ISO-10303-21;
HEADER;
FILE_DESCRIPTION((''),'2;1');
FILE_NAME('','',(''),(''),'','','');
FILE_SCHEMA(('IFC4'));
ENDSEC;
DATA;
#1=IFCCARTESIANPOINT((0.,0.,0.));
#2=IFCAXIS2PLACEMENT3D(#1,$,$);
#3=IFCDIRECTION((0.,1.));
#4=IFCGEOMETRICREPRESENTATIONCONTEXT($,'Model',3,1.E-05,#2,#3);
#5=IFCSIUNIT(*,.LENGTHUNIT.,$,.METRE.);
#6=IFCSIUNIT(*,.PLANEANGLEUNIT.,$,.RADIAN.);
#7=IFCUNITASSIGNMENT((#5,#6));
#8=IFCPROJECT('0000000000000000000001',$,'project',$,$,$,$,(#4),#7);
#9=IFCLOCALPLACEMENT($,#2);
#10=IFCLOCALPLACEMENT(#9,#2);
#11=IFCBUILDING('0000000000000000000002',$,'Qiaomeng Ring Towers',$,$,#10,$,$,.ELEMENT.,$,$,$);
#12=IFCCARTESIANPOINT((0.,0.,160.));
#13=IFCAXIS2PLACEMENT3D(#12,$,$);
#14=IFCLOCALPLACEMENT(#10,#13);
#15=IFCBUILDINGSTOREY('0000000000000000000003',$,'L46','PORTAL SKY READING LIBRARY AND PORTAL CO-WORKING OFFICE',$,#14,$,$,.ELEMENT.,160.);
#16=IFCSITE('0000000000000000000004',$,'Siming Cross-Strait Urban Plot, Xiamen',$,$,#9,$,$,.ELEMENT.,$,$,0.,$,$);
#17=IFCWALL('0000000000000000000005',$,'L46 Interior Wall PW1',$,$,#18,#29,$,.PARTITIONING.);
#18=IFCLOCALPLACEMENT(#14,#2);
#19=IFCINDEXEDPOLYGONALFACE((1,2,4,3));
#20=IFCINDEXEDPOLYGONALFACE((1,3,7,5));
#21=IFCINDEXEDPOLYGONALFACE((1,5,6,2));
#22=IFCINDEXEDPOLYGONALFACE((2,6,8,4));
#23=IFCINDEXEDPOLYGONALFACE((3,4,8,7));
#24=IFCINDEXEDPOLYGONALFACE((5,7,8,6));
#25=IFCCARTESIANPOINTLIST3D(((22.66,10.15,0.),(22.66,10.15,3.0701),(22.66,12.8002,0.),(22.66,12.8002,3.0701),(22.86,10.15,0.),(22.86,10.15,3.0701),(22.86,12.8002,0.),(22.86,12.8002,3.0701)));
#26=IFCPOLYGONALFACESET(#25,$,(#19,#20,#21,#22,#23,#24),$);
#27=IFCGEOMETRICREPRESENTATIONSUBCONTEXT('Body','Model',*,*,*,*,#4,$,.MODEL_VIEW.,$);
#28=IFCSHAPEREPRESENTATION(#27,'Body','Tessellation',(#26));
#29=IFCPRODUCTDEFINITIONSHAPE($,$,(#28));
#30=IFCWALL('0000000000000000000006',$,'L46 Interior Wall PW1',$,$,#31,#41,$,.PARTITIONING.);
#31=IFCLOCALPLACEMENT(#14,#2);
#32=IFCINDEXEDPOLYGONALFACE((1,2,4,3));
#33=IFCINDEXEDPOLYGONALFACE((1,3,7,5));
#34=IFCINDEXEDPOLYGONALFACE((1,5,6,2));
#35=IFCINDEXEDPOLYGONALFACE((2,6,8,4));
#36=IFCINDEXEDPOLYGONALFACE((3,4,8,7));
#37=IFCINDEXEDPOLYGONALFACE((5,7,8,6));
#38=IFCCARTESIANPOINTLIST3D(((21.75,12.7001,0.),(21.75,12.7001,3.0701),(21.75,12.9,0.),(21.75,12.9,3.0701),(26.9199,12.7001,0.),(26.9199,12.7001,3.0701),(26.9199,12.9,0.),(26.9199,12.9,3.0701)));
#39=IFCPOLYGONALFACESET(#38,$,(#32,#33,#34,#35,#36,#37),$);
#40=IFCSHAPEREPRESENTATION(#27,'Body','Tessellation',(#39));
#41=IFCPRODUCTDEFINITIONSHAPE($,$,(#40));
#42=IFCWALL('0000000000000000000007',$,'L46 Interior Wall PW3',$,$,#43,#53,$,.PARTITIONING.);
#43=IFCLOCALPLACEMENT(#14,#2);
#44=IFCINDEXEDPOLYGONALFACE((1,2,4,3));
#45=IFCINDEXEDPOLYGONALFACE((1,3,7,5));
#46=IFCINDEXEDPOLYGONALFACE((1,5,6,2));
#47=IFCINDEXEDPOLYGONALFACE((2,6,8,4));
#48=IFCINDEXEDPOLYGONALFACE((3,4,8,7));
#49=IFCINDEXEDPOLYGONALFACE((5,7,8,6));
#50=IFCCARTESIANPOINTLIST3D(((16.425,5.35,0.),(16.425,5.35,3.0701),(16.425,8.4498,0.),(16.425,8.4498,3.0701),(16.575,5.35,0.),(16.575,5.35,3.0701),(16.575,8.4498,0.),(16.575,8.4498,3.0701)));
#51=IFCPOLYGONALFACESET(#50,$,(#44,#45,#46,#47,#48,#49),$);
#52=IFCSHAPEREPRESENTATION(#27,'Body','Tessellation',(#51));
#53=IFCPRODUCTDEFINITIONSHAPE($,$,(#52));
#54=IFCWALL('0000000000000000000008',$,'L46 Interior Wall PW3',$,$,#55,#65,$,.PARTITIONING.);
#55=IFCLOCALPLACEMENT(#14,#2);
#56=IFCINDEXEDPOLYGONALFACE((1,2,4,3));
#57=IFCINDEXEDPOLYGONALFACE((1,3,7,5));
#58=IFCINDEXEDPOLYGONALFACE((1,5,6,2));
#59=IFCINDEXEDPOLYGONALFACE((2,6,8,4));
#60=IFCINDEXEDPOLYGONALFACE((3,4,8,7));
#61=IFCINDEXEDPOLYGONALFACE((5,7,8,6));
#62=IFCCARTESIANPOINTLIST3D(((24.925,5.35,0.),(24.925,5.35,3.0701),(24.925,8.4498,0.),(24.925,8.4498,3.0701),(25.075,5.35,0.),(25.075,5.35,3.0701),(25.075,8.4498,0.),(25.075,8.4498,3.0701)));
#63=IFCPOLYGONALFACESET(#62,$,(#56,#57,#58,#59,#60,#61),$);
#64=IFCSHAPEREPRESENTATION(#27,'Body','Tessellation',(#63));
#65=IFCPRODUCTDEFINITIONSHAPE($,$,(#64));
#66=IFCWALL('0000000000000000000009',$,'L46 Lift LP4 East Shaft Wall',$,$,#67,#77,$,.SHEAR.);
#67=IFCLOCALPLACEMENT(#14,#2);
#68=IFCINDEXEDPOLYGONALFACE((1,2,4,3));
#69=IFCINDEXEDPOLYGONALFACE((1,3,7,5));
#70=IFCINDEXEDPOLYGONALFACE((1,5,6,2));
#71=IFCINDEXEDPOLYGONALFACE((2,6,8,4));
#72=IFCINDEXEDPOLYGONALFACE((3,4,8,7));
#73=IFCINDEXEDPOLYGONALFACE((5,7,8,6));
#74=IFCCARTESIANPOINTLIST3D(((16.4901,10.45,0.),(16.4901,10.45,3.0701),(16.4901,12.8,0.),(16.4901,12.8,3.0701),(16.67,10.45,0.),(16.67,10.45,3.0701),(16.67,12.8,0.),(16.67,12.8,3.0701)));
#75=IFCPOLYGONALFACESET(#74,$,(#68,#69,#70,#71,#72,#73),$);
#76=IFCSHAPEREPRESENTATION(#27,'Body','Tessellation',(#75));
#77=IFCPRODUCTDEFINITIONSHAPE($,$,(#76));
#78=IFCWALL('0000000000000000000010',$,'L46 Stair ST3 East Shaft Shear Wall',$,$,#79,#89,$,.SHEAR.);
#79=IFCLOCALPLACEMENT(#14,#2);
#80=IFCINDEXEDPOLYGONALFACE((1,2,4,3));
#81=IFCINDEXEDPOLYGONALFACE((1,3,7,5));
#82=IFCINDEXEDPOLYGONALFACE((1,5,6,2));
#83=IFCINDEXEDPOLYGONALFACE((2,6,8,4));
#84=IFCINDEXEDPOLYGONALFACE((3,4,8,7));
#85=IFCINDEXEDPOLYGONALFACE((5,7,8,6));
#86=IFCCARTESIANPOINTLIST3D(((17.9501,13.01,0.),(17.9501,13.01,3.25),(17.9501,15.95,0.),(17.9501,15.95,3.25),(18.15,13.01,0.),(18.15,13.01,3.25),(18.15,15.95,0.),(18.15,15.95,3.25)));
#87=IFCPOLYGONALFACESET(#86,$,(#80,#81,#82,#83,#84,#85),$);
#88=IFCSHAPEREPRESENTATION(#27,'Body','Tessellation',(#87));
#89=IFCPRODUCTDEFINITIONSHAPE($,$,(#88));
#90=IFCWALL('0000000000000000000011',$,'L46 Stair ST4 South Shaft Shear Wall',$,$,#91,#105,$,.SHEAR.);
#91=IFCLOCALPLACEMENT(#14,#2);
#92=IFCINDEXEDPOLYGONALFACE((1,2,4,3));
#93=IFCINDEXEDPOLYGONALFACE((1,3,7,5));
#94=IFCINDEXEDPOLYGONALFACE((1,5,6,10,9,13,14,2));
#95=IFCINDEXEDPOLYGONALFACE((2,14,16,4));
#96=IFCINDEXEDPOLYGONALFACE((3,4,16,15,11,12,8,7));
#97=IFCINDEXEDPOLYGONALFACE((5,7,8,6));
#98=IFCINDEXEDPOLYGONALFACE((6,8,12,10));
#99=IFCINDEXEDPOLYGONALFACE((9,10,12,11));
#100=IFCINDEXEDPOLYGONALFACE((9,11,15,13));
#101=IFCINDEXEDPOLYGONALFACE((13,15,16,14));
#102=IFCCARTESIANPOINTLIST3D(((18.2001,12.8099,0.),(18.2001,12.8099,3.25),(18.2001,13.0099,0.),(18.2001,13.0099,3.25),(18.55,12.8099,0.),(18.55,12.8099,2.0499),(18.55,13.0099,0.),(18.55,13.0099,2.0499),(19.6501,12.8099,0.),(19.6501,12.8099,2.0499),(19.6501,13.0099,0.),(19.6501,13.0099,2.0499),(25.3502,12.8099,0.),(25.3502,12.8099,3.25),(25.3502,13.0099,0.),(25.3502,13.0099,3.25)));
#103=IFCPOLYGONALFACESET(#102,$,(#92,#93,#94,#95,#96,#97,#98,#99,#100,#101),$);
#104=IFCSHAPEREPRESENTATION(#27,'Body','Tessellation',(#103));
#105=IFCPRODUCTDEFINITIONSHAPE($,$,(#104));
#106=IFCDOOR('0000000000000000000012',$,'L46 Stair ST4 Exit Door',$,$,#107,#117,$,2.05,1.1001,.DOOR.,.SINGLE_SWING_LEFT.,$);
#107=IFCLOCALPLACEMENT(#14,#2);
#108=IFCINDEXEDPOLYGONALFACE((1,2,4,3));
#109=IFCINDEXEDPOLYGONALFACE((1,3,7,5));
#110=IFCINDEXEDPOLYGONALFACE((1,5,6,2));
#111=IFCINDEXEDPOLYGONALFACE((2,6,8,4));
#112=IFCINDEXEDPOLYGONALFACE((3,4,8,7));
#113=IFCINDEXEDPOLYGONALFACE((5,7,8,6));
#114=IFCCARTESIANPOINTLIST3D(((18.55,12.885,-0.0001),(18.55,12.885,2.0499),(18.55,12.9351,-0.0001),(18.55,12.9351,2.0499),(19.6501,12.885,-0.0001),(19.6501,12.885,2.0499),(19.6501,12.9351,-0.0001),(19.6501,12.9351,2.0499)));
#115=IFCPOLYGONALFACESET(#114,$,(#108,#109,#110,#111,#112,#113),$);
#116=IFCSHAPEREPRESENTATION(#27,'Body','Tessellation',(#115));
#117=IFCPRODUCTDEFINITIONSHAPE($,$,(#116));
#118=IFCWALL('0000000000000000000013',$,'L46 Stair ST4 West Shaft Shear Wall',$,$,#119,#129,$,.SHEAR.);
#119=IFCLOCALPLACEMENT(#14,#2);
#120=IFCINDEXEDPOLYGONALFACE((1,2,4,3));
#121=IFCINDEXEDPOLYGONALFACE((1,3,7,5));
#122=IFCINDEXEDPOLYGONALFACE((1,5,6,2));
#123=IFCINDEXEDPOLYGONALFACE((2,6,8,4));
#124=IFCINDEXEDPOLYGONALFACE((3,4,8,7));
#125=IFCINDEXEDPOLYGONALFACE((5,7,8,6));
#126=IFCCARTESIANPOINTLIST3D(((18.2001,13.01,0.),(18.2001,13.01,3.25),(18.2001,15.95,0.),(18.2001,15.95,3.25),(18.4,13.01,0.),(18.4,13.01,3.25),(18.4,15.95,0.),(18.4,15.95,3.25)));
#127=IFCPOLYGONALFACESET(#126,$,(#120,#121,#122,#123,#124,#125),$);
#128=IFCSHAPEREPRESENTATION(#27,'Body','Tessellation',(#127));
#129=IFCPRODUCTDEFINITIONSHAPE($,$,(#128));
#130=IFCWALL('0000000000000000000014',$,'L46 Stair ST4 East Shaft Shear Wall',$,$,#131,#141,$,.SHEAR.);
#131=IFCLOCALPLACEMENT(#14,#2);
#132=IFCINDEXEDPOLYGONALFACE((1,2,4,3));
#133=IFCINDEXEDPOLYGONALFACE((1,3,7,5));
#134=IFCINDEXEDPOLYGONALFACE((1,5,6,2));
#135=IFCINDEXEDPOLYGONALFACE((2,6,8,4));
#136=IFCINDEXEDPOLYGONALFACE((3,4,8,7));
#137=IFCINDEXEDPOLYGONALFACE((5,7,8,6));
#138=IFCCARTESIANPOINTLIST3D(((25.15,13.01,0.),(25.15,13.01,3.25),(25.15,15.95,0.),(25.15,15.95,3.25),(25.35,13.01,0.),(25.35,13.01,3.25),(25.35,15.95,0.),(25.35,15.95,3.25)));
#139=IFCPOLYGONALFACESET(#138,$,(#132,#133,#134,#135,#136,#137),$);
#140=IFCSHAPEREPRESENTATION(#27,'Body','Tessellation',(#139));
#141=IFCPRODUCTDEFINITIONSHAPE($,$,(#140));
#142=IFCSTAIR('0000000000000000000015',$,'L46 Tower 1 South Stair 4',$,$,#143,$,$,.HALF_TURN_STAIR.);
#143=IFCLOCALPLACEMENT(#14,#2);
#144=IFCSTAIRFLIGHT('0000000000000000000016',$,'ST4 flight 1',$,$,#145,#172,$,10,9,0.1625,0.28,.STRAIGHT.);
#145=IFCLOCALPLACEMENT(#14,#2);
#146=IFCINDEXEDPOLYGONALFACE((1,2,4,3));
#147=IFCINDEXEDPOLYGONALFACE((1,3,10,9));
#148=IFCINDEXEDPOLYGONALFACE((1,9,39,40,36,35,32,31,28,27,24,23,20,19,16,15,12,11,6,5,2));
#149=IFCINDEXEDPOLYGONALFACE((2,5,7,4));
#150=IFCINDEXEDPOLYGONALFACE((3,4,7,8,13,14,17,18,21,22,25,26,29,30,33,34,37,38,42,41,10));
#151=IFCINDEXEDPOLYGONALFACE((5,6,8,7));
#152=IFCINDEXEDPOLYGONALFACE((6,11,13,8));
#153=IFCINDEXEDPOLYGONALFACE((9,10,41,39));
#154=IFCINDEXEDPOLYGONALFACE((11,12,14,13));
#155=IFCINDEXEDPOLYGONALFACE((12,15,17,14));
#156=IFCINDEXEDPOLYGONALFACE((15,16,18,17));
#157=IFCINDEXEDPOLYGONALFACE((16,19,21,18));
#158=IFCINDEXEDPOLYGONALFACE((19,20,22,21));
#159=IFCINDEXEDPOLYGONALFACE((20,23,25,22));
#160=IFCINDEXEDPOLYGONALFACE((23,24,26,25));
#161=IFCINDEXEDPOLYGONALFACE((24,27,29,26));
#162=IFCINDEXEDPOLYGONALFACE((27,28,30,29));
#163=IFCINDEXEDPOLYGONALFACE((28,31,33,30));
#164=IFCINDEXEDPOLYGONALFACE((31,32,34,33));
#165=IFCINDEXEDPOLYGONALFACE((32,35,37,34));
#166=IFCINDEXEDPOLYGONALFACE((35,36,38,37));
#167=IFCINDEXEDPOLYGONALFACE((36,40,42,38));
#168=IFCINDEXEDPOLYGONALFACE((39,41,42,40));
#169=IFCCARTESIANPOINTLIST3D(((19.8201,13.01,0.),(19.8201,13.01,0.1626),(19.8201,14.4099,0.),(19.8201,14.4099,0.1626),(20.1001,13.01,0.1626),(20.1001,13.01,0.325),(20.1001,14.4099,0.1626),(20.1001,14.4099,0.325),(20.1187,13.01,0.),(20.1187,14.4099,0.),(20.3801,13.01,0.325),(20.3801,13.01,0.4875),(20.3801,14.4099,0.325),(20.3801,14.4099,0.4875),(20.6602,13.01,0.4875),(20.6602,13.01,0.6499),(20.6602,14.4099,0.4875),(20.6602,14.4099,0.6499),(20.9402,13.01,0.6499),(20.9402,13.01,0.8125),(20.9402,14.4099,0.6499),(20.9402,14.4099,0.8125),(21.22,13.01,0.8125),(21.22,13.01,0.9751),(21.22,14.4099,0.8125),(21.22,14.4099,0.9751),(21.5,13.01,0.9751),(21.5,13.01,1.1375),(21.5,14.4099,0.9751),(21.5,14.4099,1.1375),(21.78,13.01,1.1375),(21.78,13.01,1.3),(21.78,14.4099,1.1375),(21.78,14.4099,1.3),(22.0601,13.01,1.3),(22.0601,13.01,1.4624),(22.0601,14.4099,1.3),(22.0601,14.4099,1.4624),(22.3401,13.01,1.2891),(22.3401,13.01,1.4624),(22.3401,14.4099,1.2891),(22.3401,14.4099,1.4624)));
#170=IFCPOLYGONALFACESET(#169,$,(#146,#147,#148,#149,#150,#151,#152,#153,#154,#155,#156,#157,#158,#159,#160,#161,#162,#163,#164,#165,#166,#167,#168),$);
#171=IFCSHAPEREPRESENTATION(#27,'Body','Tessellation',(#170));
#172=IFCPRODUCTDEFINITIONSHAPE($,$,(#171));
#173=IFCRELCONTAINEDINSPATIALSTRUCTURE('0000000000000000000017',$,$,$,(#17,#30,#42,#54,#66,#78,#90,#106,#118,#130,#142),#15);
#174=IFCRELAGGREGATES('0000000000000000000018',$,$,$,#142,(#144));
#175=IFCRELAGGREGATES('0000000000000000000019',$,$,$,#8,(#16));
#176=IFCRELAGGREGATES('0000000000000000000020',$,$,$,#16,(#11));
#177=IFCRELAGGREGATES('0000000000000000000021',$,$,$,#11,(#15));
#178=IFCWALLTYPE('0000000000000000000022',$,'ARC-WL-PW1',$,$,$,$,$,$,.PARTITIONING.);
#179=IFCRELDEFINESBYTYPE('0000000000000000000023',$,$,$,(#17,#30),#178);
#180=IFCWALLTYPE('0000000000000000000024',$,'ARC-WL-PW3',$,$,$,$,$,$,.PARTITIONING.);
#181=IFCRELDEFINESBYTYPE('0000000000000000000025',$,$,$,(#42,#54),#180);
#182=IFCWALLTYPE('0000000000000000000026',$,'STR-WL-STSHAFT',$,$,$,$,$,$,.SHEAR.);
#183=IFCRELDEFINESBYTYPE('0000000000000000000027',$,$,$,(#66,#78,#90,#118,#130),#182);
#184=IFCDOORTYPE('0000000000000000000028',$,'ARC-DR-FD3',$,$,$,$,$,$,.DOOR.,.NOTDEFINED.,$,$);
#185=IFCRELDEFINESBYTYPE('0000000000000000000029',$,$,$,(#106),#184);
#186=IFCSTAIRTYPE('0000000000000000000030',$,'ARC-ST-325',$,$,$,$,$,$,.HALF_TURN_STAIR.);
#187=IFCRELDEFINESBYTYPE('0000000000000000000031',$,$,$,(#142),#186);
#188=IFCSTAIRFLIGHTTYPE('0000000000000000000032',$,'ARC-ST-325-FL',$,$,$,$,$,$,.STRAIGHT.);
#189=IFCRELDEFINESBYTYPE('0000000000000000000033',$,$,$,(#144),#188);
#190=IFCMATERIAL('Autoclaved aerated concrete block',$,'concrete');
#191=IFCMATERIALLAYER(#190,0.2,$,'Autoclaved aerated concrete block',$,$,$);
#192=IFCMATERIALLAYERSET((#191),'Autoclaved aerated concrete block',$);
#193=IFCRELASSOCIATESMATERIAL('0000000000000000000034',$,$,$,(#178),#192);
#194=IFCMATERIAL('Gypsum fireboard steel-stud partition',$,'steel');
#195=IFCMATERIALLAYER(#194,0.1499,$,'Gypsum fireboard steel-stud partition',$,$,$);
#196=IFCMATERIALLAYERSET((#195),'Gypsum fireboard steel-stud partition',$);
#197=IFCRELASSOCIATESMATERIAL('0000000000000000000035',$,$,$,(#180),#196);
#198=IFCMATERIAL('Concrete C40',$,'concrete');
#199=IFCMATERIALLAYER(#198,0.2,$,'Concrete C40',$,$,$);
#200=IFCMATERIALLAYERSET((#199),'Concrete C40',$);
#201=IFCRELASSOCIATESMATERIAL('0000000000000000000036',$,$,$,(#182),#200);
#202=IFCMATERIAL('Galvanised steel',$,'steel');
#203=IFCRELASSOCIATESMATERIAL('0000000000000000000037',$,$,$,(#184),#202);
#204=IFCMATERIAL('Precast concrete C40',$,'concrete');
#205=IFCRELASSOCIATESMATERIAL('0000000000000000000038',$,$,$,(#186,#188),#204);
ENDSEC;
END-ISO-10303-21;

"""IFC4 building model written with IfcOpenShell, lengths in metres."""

from ifc_helpers import new_model, si_unit, direction, frame, frame_2d, origin, place, context, subcontext, project, spatial, polyline, rectangle, outline, extrude, source, transform, mapped, material, layer, layer_set, type_object, element, fill, aggregate, save


model = new_model("IFC4")

# Units and contexts
model_context = context("Model", 3, precision=1e-05, world=origin(), true_north=direction((0.0, 1.0)))
body_context = subcontext(model_context, "Body", "Model", "MODEL_VIEW")
ifc_project = project(units=[si_unit("LENGTHUNIT", "METRE"), si_unit("PLANEANGLEUNIT", "RADIAN")], contexts=[model_context])

# Site, building, storey
site_placement = place(None, origin())
site = spatial("IfcSite", under=ifc_project, at=site_placement, Name="Siming Cross-Strait Urban Plot, Xiamen", CompositionType="ELEMENT", RefElevation=0.0)
building_placement = place(site_placement, origin())
building = spatial("IfcBuilding", under=site, at=building_placement, Name="Qiaomeng Ring Towers", CompositionType="ELEMENT")
storey_placement = place(building_placement, frame((0.0, 0.0, 160.0)))
storey = spatial("IfcBuildingStorey", under=building, at=storey_placement, Name="L46", Description="PORTAL SKY READING LIBRARY AND PORTAL CO-WORKING OFFICE", CompositionType="ELEMENT", Elevation=160.0)

# Walls
ifc_material_1 = material(Name="Autoclaved aerated concrete block", Category="concrete")
ifc_layer_1 = layer(ifc_material_1, 0.2, Name="Autoclaved aerated concrete block")
ifc_layer_set_1 = layer_set([ifc_layer_1], Name="Autoclaved aerated concrete block")
wall_type_1 = type_object("IfcWallType", Name="ARC-WL-PW1", PredefinedType="PARTITIONING", material=ifc_layer_set_1)
wall_1_placement = place(storey_placement, frame((22.76, 10.1499, 0.0), z_axis=(0.0, 0.0, 1.0), x_axis=(0.0, 1.0, 0.0)))
element("IfcWall", 1, at=wall_1_placement, inside=storey, type_object=wall_type_1, Name="L46 Interior Wall PW1", PredefinedType="PARTITIONING", context=body_context, shape_type="SweptSolid", body=[
    extrude(rectangle(XDim=2.6501, YDim=0.2, at=frame_2d((1.3252, 0.0))), origin(), (0.0, 0.0, 1.0), 3.0701),
])
wall_2_placement = place(storey_placement, frame((21.75, 12.8, 0.0), z_axis=(0.0, 0.0, 1.0), x_axis=(1.0, 0.0, 0.0)))
element("IfcWall", 2, at=wall_2_placement, inside=storey, type_object=wall_type_1, Name="L46 Interior Wall PW1", PredefinedType="PARTITIONING", context=body_context, shape_type="SweptSolid", body=[
    extrude(rectangle(XDim=5.1699, YDim=0.2, at=frame_2d((2.585, 0.0))), origin(), (0.0, 0.0, 1.0), 3.0701),
])
ifc_material_2 = material(Name="Gypsum fireboard steel-stud partition", Category="steel")
ifc_layer_2 = layer(ifc_material_2, 0.1499, Name="Gypsum fireboard steel-stud partition")
ifc_layer_set_2 = layer_set([ifc_layer_2], Name="Gypsum fireboard steel-stud partition")
wall_type_2 = type_object("IfcWallType", Name="ARC-WL-PW3", PredefinedType="PARTITIONING", material=ifc_layer_set_2)
for number, where, z_axis, x_axis, name in (
    (3, (16.5, 5.3501, 0.0), (0.0, 0.0, 1.0), (0.0, 1.0, 0.0), "L46 Interior Wall PW3"),
    (4, (25.0, 5.3501, 0.0), (0.0, 0.0, 1.0), (0.0, 1.0, 0.0), "L46 Interior Wall PW3"),
):
    element("IfcWall", number, at=place(storey_placement, frame(where, z_axis=z_axis, x_axis=x_axis)), inside=storey, type_object=wall_type_2, Name=name, PredefinedType="PARTITIONING", context=body_context, shape_type="SweptSolid", body=[
        extrude(rectangle(XDim=3.0999, YDim=0.1499, at=frame_2d((1.5498, 0.0))), origin(), (0.0, 0.0, 1.0), 3.0701),
    ])
ifc_material_3 = material(Name="Concrete C40", Category="concrete")
ifc_layer_3 = layer(ifc_material_3, 0.2, Name="Concrete C40")
ifc_layer_set_3 = layer_set([ifc_layer_3], Name="Concrete C40")
wall_type_3 = type_object("IfcWallType", Name="STR-WL-STSHAFT", PredefinedType="SHEAR", material=ifc_layer_set_3)
wall_3_placement = place(storey_placement, frame((16.5801, 10.45, 0.0), z_axis=(0.0, 0.0, 1.0), x_axis=(0.0, 1.0, 0.0)))
element("IfcWall", 5, at=wall_3_placement, inside=storey, type_object=wall_type_3, Name="L46 Lift LP4 East Shaft Wall", PredefinedType="SHEAR", context=body_context, shape_type="SweptSolid", body=[
    extrude(rectangle(XDim=2.3501, YDim=0.1799, at=frame_2d((1.175, 0.0))), origin(), (0.0, 0.0, 1.0), 3.0701),
])
wall_4_placement = place(storey_placement, frame((18.05, 13.01, 0.0), z_axis=(0.0, 0.0, 1.0), x_axis=(0.0, 1.0, 0.0)))
element("IfcWall", 6, at=wall_4_placement, inside=storey, type_object=wall_type_3, Name="L46 Stair ST3 East Shaft Shear Wall", PredefinedType="SHEAR", context=body_context, shape_type="SweptSolid", body=[
    extrude(rectangle(XDim=2.9399, YDim=0.2, at=frame_2d((1.47, 0.0))), origin(), (0.0, 0.0, 1.0), 3.25),
])

# Wall, opening, door
wall_5_placement = place(storey_placement, frame((18.2, 12.9099, 0.0), z_axis=(0.0, 0.0, 1.0), x_axis=(1.0, 0.0, 0.0)))
wall_5 = element("IfcWall", 7, at=wall_5_placement, inside=storey, type_object=wall_type_3, Name="L46 Stair ST4 South Shaft Shear Wall", PredefinedType="SHEAR", context=body_context, shape_type="SweptSolid", body=[
    extrude(rectangle(XDim=7.1501, YDim=0.2, at=frame_2d((3.5752, 0.0))), origin(), (0.0, 0.0, 1.0), 3.25),
])
opening_placement = place(wall_5_placement, frame((0.3501, 0.0, 0.0)))
opening = element("IfcOpeningElement", 8, at=opening_placement, cuts=wall_5, PredefinedType="OPENING", context=body_context, shape_type="SweptSolid", body=[
    extrude(rectangle(XDim=1.1001, YDim=2.05, at=frame_2d((0.55, 1.0249))), frame((0.0, 0.1099, 0.0), z_axis=(0.0, -1.0, 0.0), x_axis=(1.0, 0.0, 0.0)), (0.0, 0.0, 1.0), 0.22),
])
ifc_material_4 = material(Name="Galvanised steel", Category="steel")
door_type = type_object("IfcDoorType", Name="ARC-DR-FD3", OperationType="NOTDEFINED", PredefinedType="DOOR", material=ifc_material_4)
shared_shape_1 = source(origin(), body_context, "Body", "SweptSolid", [
    extrude(rectangle(XDim=1.1001, YDim=2.05, at=frame_2d((0.55, 1.0249))), frame((0.0, 0.0249, 0.0), z_axis=(0.0, -1.0, 0.0), x_axis=(1.0, 0.0, 0.0)), (0.0, 0.0, 1.0), 0.05),
])
door_placement = place(opening_placement, frame((1.1001, 0.0, 0.0), z_axis=(0.0, 0.0, 1.0), x_axis=(-1.0, 0.0, 0.0)))
door = element("IfcDoor", 9, at=door_placement, inside=storey, type_object=door_type, Name="L46 Stair ST4 Exit Door", OperationType="SINGLE_SWING_LEFT", OverallHeight=2.05, OverallWidth=1.1001, PredefinedType="DOOR", context=body_context, shape_type="MappedRepresentation", body=[
    mapped(shared_shape_1, transform((0.0, 0.0, 0.0), x_axis=(1.0, 0.0, 0.0), y_axis=(0.0, 1.0, 0.0), z_axis=(0.0, 0.0, 1.0), scale=1.0)),
])
fill(opening, door)

# Walls
for number, where, z_axis, x_axis, name in (
    (10, (18.3, 13.01, 0.0), (0.0, 0.0, 1.0), (0.0, 1.0, 0.0), "L46 Stair ST4 West Shaft Shear Wall"),
    (11, (25.25, 13.01, 0.0), (0.0, 0.0, 1.0), (0.0, 1.0, 0.0), "L46 Stair ST4 East Shaft Shear Wall"),
):
    element("IfcWall", number, at=place(storey_placement, frame(where, z_axis=z_axis, x_axis=x_axis)), inside=storey, type_object=wall_type_3, Name=name, PredefinedType="SHEAR", context=body_context, shape_type="SweptSolid", body=[
        extrude(rectangle(XDim=2.9399, YDim=0.2, at=frame_2d((1.47, 0.0))), origin(), (0.0, 0.0, 1.0), 3.25),
    ])

# Stair, stair flight
ifc_material_5 = material(Name="Precast concrete C40", Category="concrete")
stair_type = type_object("IfcStairType", Name="ARC-ST-325", PredefinedType="HALF_TURN_STAIR", material=ifc_material_5)
stair_placement = place(storey_placement, origin())
stair = element("IfcStair", 12, at=stair_placement, inside=storey, type_object=stair_type, Name="L46 Tower 1 South Stair 4", PredefinedType="HALF_TURN_STAIR")
stair_flight_type = type_object("IfcStairFlightType", Name="ARC-ST-325-FL", PredefinedType="STRAIGHT", material=ifc_material_5)
shared_shape_2 = source(origin(), body_context, "Body", "SweptSolid", [
    extrude(outline(polyline([(0.0, 0.0), (0.0, 0.1626), (0.28, 0.1626), (0.28, 0.325), (0.5601, 0.325), (0.5601, 0.4875), (0.8401, 0.4875), (0.8401, 0.6499), (1.1201, 0.6499), (1.1201, 0.8125), (1.3999, 0.8125), (1.3999, 0.9751), (1.6799, 0.9751), (1.6799, 1.1375), (1.96, 1.1375), (1.96, 1.3), (2.24, 1.3), (2.24, 1.4624), (2.52, 1.4624), (2.52, 1.625), (2.52, 1.2891), (0.2986, 0.0), (0.0, 0.0)])), frame((0.0, 0.7, 0.0), z_axis=(0.0, -1.0, 0.0), x_axis=(1.0, 0.0, 0.0)), (0.0, 0.0, 1.0), 1.3999),
])
stair_flight_1_placement = place(storey_placement, frame((19.8201, 13.71, 0.0), z_axis=(0.0, 0.0, 1.0), x_axis=(1.0, 0.0, 0.0)))
stair_flight_1 = element("IfcStairFlight", 13, at=stair_flight_1_placement, type_object=stair_flight_type, Name="ST4 flight 1", NumberOfRisers=10, NumberOfTreads=9, PredefinedType="STRAIGHT", RiserHeight=0.1625, TreadLength=0.28, context=body_context, shape_type="MappedRepresentation", body=[
    mapped(shared_shape_2, transform((0.0, 0.0, 0.0), x_axis=(1.0, 0.0, 0.0), y_axis=(0.0, 1.0, 0.0), z_axis=(0.0, 0.0, 1.0), scale=1.0)),
])
aggregate(stair, [stair_flight_1])

save(model, "model.ifc")
